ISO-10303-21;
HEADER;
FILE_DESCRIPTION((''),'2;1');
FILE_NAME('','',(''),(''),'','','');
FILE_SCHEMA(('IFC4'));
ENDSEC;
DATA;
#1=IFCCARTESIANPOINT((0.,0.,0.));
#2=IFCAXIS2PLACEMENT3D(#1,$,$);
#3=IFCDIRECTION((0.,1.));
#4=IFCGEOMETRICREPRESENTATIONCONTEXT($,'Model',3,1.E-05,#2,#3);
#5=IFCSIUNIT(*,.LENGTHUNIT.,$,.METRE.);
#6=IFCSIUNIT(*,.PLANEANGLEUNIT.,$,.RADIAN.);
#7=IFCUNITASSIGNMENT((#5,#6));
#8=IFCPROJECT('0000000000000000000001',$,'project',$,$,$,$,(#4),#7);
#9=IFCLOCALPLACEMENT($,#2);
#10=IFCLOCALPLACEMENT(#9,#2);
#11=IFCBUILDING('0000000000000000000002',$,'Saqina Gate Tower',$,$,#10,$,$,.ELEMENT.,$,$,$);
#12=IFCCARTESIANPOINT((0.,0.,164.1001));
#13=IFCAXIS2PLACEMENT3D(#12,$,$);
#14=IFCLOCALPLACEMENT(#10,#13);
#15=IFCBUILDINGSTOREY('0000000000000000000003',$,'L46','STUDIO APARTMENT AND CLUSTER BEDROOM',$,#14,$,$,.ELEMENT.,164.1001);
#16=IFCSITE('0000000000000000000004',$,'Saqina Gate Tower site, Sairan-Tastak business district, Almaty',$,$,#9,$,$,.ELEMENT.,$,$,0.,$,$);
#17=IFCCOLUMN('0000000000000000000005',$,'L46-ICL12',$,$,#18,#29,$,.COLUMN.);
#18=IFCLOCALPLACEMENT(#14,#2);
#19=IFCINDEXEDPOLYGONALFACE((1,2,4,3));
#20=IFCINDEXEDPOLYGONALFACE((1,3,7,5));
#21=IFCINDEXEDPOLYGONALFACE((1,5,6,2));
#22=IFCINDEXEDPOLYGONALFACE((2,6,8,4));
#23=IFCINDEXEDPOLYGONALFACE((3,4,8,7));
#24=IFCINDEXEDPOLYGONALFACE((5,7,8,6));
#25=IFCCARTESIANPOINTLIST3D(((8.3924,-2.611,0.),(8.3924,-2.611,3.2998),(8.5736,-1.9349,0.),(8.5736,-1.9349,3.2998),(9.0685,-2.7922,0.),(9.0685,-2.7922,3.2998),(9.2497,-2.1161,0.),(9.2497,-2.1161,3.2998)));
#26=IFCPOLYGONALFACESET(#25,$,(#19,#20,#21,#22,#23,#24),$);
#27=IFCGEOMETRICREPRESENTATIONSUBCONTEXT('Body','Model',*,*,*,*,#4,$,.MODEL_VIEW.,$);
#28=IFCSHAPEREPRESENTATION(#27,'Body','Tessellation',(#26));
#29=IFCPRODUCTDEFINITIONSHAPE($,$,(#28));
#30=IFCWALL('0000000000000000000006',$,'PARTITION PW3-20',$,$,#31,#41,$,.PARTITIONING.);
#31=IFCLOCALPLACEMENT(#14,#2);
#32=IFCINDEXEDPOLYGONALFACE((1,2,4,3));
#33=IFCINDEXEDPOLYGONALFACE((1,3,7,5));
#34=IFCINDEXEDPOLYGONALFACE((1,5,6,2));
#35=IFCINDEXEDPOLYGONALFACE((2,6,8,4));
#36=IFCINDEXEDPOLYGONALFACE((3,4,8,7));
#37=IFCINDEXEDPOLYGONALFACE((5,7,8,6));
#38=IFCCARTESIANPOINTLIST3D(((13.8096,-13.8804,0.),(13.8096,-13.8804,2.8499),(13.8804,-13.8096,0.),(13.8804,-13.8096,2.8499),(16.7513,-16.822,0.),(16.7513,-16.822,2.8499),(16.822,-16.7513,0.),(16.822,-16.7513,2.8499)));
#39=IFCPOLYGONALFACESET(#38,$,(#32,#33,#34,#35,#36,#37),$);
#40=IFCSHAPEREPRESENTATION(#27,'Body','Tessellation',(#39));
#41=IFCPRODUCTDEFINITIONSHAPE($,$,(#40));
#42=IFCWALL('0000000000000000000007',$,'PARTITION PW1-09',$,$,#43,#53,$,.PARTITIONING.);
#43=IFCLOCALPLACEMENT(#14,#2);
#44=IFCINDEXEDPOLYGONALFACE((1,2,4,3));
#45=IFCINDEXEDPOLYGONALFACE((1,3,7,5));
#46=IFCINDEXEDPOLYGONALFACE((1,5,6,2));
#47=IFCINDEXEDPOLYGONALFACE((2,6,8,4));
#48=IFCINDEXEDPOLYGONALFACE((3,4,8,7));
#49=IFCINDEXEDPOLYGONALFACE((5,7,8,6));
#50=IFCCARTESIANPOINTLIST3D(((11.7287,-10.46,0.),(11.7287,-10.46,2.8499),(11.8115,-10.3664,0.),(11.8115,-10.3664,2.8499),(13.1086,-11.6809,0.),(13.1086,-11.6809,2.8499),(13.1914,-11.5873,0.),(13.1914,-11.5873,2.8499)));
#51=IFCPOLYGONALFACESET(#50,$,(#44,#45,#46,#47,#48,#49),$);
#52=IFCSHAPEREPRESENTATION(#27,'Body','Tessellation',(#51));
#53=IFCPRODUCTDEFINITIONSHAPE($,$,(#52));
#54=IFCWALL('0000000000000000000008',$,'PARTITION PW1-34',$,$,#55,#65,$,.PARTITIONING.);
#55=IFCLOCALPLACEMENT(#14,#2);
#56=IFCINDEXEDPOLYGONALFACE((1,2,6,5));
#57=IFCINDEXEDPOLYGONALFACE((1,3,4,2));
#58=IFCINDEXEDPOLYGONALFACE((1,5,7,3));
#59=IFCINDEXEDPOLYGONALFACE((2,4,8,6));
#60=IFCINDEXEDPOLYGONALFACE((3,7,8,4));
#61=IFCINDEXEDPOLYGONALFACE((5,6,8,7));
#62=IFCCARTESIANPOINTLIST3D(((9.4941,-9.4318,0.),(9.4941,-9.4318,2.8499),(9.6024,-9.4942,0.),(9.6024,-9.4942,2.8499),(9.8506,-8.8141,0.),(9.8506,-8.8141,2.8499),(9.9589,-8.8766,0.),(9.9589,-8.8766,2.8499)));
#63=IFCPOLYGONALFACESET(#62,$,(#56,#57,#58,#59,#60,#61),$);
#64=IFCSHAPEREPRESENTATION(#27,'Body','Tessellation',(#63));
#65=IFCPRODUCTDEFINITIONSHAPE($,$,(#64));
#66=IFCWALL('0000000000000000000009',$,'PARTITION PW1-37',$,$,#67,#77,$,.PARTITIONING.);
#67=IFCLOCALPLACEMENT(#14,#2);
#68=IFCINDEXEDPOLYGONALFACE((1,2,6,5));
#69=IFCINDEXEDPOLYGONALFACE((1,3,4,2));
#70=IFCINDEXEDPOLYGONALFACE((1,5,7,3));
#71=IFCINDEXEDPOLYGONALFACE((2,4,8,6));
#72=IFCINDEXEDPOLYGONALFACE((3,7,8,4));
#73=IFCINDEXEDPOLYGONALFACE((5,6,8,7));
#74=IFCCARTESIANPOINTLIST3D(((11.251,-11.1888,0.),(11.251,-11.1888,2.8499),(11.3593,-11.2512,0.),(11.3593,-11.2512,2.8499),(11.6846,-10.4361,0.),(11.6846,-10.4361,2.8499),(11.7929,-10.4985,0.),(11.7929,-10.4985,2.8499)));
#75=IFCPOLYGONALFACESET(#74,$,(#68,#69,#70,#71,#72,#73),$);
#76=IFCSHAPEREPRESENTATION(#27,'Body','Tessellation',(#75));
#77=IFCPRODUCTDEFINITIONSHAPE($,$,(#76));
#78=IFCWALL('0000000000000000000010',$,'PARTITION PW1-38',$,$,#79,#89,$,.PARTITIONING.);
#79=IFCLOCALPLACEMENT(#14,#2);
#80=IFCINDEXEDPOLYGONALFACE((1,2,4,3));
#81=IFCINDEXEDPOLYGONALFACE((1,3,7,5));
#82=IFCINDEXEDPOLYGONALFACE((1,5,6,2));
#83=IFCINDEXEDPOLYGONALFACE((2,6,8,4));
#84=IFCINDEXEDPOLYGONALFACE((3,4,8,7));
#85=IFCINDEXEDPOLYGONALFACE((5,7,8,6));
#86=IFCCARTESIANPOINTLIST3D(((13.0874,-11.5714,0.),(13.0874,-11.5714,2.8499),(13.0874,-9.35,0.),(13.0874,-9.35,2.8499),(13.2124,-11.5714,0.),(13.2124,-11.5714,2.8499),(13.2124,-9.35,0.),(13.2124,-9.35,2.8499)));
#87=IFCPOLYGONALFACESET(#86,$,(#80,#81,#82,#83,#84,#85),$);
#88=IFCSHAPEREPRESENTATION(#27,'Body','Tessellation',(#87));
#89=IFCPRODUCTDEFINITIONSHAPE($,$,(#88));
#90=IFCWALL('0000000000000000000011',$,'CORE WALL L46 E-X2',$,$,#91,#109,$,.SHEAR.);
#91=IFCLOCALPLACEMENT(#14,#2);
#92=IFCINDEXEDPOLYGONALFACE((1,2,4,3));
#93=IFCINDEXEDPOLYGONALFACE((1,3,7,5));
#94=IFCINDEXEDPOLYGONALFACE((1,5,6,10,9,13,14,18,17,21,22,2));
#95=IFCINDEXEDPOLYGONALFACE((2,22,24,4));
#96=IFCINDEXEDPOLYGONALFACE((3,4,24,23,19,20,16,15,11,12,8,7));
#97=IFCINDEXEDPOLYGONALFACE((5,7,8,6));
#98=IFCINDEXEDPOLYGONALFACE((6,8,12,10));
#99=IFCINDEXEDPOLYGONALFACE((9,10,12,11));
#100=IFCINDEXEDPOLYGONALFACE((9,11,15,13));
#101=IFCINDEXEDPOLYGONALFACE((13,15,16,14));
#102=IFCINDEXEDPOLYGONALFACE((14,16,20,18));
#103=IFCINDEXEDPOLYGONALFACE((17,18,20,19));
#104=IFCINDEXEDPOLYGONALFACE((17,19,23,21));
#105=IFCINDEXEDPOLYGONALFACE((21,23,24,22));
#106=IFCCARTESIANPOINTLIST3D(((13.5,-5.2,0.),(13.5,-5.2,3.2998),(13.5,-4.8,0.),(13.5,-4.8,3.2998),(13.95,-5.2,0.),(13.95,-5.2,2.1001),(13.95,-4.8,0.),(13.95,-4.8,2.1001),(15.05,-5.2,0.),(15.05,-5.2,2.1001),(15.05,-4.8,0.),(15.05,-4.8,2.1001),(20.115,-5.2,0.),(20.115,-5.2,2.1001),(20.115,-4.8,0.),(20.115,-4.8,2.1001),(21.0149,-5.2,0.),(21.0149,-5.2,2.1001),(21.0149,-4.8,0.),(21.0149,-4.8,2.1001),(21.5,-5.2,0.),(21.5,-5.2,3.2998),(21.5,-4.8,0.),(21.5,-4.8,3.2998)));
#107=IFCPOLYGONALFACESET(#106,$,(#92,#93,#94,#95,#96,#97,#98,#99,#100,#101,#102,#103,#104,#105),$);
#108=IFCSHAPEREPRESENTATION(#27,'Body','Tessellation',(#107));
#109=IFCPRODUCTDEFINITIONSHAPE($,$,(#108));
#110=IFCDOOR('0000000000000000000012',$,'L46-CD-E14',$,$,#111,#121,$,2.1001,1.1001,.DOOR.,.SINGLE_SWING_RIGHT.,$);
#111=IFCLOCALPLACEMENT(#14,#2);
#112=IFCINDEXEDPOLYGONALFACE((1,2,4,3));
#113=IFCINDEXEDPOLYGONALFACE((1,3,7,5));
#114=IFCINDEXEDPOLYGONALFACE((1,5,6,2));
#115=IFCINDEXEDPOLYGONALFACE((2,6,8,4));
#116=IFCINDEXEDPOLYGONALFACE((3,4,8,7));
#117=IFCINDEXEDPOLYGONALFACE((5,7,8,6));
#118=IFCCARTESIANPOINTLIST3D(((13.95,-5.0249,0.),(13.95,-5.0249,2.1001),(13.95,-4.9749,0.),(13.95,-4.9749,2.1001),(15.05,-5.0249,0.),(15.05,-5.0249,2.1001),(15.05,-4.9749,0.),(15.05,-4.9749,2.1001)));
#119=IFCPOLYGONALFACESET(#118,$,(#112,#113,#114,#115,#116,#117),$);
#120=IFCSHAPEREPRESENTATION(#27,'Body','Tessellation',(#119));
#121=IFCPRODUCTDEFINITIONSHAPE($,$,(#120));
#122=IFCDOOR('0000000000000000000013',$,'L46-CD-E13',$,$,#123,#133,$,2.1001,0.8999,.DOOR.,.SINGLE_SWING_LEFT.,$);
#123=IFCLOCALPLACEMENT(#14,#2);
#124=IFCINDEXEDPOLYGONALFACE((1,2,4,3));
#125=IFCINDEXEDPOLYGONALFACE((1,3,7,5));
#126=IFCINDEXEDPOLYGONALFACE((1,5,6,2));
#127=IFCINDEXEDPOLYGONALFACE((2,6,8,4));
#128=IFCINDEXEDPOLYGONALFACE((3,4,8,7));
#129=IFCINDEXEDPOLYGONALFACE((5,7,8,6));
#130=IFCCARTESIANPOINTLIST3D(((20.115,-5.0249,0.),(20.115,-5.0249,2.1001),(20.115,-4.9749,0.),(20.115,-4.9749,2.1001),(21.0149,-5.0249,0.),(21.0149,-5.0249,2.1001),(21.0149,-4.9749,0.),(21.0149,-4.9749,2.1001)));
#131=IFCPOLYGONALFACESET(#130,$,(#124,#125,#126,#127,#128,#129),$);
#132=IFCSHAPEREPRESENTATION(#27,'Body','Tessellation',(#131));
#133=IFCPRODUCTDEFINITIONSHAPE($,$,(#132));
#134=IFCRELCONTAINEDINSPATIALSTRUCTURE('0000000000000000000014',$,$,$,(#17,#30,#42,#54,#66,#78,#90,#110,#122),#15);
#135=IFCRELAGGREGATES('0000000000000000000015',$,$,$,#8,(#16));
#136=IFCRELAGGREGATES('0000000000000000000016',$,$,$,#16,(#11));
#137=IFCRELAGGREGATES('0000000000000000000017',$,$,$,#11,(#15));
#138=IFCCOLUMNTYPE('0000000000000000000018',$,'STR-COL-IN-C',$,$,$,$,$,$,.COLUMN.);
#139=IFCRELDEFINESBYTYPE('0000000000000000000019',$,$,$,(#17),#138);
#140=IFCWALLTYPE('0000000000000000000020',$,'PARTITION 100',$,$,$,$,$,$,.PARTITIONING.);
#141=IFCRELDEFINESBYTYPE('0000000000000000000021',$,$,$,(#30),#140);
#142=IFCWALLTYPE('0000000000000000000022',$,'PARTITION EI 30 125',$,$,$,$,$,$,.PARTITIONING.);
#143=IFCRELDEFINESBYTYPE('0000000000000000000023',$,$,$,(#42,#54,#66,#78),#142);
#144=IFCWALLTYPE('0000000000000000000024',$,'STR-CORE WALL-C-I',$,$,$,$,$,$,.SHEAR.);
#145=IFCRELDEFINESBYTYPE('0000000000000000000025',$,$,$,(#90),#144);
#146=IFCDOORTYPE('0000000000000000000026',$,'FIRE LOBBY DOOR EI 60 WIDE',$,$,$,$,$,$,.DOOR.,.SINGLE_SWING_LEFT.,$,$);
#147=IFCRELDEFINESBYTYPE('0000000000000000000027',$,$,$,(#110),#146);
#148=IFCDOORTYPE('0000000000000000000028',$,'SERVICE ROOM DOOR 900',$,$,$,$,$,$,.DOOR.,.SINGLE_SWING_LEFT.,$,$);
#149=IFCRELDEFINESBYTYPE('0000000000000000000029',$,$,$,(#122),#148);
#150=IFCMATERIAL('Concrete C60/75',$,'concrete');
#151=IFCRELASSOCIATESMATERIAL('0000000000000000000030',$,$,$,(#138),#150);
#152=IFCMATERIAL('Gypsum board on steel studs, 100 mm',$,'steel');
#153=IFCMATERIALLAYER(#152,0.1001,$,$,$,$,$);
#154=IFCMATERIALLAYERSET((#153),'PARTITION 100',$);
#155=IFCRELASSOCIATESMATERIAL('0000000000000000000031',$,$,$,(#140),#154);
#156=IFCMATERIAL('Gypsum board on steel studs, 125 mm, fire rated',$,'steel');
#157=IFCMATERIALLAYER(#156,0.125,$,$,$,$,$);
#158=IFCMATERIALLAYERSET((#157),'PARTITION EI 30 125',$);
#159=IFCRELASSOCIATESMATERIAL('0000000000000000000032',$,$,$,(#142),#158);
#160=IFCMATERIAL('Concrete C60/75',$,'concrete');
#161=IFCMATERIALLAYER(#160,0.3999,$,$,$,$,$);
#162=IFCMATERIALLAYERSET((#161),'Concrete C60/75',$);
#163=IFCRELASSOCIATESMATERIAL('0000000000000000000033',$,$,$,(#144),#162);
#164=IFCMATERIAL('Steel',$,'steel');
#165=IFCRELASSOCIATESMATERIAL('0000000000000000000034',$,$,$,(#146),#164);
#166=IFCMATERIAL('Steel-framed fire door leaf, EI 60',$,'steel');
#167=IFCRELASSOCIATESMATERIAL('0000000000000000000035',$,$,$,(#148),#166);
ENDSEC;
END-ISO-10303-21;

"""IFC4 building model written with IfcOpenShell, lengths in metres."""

from ifc_helpers import new_model, si_unit, direction, frame, frame_2d, origin, origin_2d, place, context, subcontext, project, spatial, rectangle, extrude, material, layer, layer_set, material_profile, profile_set, type_object, element, fill, save


model = new_model("IFC4")

# Units and contexts
model_context = context("Model", 3, precision=1e-05, world=origin(), true_north=direction((0.0, 1.0)))
body_context = subcontext(model_context, "Body", "Model", "MODEL_VIEW")
ifc_project = project(units=[si_unit("LENGTHUNIT", "METRE"), si_unit("PLANEANGLEUNIT", "RADIAN")], contexts=[model_context])

# Site, building, storey
site_placement = place(None, origin())
site = spatial("IfcSite", under=ifc_project, at=site_placement, Name="Saqina Gate Tower site, Sairan-Tastak business district, Almaty", CompositionType="ELEMENT", RefElevation=0.0)
building_placement = place(site_placement, origin())
building = spatial("IfcBuilding", under=site, at=building_placement, Name="Saqina Gate Tower", CompositionType="ELEMENT")
storey_placement = place(building_placement, frame((0.0, 0.0, 164.1001)))
storey = spatial("IfcBuildingStorey", under=building, at=storey_placement, Name="L46", Description="STUDIO APARTMENT AND CLUSTER BEDROOM", CompositionType="ELEMENT", Elevation=164.1001)

# Column
ifc_material_1 = material(Name="Concrete C60/75", Category="concrete")
ifc_material_profile = material_profile(ifc_material_1, rectangle(XDim=0.7, YDim=0.7, at=origin_2d()), Name="RC 700x700")
ifc_profile_set = profile_set([ifc_material_profile], Name="Concrete C60/75")
column_type = type_object("IfcColumnType", Name="STR-COL-IN-C", PredefinedType="COLUMN", material=ifc_profile_set)
column_placement = place(storey_placement, frame((8.821, -2.3635, 0.0), z_axis=(0.0, 0.0, 1.0), x_axis=(0.965926, -0.258819, 0.0)))
element("IfcColumn", 1, at=column_placement, inside=storey, type_object=column_type, Name="L46-ICL12", PredefinedType="COLUMN", context=body_context, shape_type="SweptSolid", body=[
    extrude(rectangle(XDim=0.7, YDim=0.7, at=origin_2d()), origin(), (0.0, 0.0, 1.0), 3.2998),
])

# Walls
ifc_material_2 = material(Name="Gypsum board on steel studs, 100 mm", Category="steel")
ifc_layer_1 = layer(ifc_material_2, 0.1001)
ifc_layer_set_1 = layer_set([ifc_layer_1], Name="PARTITION 100")
wall_type_1 = type_object("IfcWallType", Name="PARTITION 100", PredefinedType="PARTITIONING", material=ifc_layer_set_1)
wall_1_placement = place(storey_placement, frame((13.845, -13.845, 0.0), z_axis=(0.0, 0.0, 1.0), x_axis=(0.707107, -0.707107, 0.0)))
element("IfcWall", 2, at=wall_1_placement, inside=storey, type_object=wall_type_1, Name="PARTITION PW3-20", PredefinedType="PARTITIONING", context=body_context, shape_type="SweptSolid", body=[
    extrude(rectangle(XDim=4.1602, YDim=0.1001, at=frame_2d((2.0801, 0.0))), origin(), (0.0, 0.0, 1.0), 2.8499),
])
ifc_material_3 = material(Name="Gypsum board on steel studs, 125 mm, fire rated", Category="steel")
ifc_layer_2 = layer(ifc_material_3, 0.125)
ifc_layer_set_2 = layer_set([ifc_layer_2], Name="PARTITION EI 30 125")
wall_type_2 = type_object("IfcWallType", Name="PARTITION EI 30 125", PredefinedType="PARTITIONING", material=ifc_layer_set_2)
wall_2_placement = place(storey_placement, frame((11.77, -10.4131, 0.0), z_axis=(0.0, 0.0, 1.0), x_axis=(0.748921, -0.66266, 0.0)))
element("IfcWall", 3, at=wall_2_placement, inside=storey, type_object=wall_type_2, Name="PARTITION PW1-09", PredefinedType="PARTITIONING", context=body_context, shape_type="SweptSolid", body=[
    extrude(rectangle(XDim=1.8425, YDim=0.125, at=frame_2d((0.9214, 0.0))), origin(), (0.0, 0.0, 1.0), 2.8499),
])
wall_3_placement = place(storey_placement, frame((9.5483, -9.4629, 0.0), z_axis=(0.0, 0.0, 1.0), x_axis=(0.499821, 0.866129, 0.0)))
element("IfcWall", 4, at=wall_3_placement, inside=storey, type_object=wall_type_2, Name="PARTITION PW1-34", PredefinedType="PARTITIONING", context=body_context, shape_type="SweptSolid", body=[
    extrude(rectangle(XDim=0.7131, YDim=0.125, at=frame_2d((0.3564, 0.0))), origin(), (0.0, 0.0, 1.0), 2.8499),
])
wall_4_placement = place(storey_placement, frame((11.3052, -11.22, 0.0), z_axis=(0.0, 0.0, 1.0), x_axis=(0.499163, 0.866508, 0.0)))
element("IfcWall", 5, at=wall_4_placement, inside=storey, type_object=wall_type_2, Name="PARTITION PW1-37", PredefinedType="PARTITIONING", context=body_context, shape_type="SweptSolid", body=[
    extrude(rectangle(XDim=0.8687, YDim=0.125, at=frame_2d((0.4343, 0.0))), origin(), (0.0, 0.0, 1.0), 2.8499),
])
wall_5_placement = place(storey_placement, frame((13.1499, -11.5715, 0.0), z_axis=(0.0, 0.0, 1.0), x_axis=(0.0, 1.0, 0.0)))
element("IfcWall", 6, at=wall_5_placement, inside=storey, type_object=wall_type_2, Name="PARTITION PW1-38", PredefinedType="PARTITIONING", context=body_context, shape_type="SweptSolid", body=[
    extrude(rectangle(XDim=2.2214, YDim=0.125, at=frame_2d((1.1108, 0.0))), origin(), (0.0, 0.0, 1.0), 2.8499),
])

# Wall, openings, doors
ifc_material_4 = material(Name="Concrete C60/75", Category="concrete")
ifc_layer_3 = layer(ifc_material_4, 0.3999)
ifc_layer_set_3 = layer_set([ifc_layer_3], Name="Concrete C60/75")
wall_type_3 = type_object("IfcWallType", Name="STR-CORE WALL-C-I", PredefinedType="SHEAR", material=ifc_layer_set_3)
wall_6_placement = place(storey_placement, frame((13.5, -5.0, 0.0), z_axis=(0.0, 0.0, 1.0), x_axis=(1.0, 0.0, 0.0)))
wall_6 = element("IfcWall", 7, at=wall_6_placement, inside=storey, type_object=wall_type_3, Name="CORE WALL L46 E-X2", PredefinedType="SHEAR", context=body_context, shape_type="SweptSolid", body=[
    extrude(rectangle(XDim=8.0, YDim=0.3999, at=frame_2d((4.0, 0.0))), origin(), (0.0, 0.0, 1.0), 3.2998),
])
opening_1_placement = place(wall_6_placement, frame((6.615, 0.0, 0.0)))
opening_1 = element("IfcOpeningElement", 8, at=opening_1_placement, cuts=wall_6, PredefinedType="OPENING", context=body_context, shape_type="SweptSolid", body=[
    extrude(rectangle(XDim=0.8999, YDim=2.1001, at=frame_2d((0.45, 1.05))), frame((0.0, 0.2119, 0.0), z_axis=(0.0, -1.0, 0.0), x_axis=(1.0, 0.0, 0.0)), (0.0, 0.0, 1.0), 0.4238),
])
opening_2_placement = place(wall_6_placement, frame((0.45, 0.0, 0.0)))
opening_2 = element("IfcOpeningElement", 9, at=opening_2_placement, cuts=wall_6, PredefinedType="OPENING", context=body_context, shape_type="SweptSolid", body=[
    extrude(rectangle(XDim=1.1001, YDim=2.1001, at=frame_2d((0.55, 1.05))), frame((0.0, 0.2119, 0.0), z_axis=(0.0, -1.0, 0.0), x_axis=(1.0, 0.0, 0.0)), (0.0, 0.0, 1.0), 0.4238),
])
ifc_material_5 = material(Name="Steel", Category="steel")
door_type_1 = type_object("IfcDoorType", Name="FIRE LOBBY DOOR EI 60 WIDE", OperationType="SINGLE_SWING_LEFT", PredefinedType="DOOR", material=ifc_material_5)
door_1_placement = place(opening_2_placement, frame((1.1001, 0.0, 0.0), z_axis=(0.0, 0.0, 1.0), x_axis=(-1.0, 0.0, 0.0)))
door_1 = element("IfcDoor", 10, at=door_1_placement, inside=storey, type_object=door_type_1, Name="L46-CD-E14", OperationType="SINGLE_SWING_RIGHT", OverallHeight=2.1001, OverallWidth=1.1001, PredefinedType="DOOR", context=body_context, shape_type="SweptSolid", body=[
    extrude(rectangle(XDim=1.1001, YDim=2.1001, at=frame_2d((0.55, 1.05))), frame((0.0, 0.0249, 0.0), z_axis=(0.0, -1.0, 0.0), x_axis=(1.0, 0.0, 0.0)), (0.0, 0.0, 1.0), 0.05),
])
fill(opening_2, door_1)
ifc_material_6 = material(Name="Steel-framed fire door leaf, EI 60", Category="steel")
door_type_2 = type_object("IfcDoorType", Name="SERVICE ROOM DOOR 900", OperationType="SINGLE_SWING_LEFT", PredefinedType="DOOR", material=ifc_material_6)
door_2_placement = place(opening_1_placement, frame((0.8999, 0.0, 0.0), z_axis=(0.0, 0.0, 1.0), x_axis=(-1.0, 0.0, 0.0)))
door_2 = element("IfcDoor", 11, at=door_2_placement, inside=storey, type_object=door_type_2, Name="L46-CD-E13", OperationType="SINGLE_SWING_LEFT", OverallHeight=2.1001, OverallWidth=0.8999, PredefinedType="DOOR", context=body_context, shape_type="SweptSolid", body=[
    extrude(rectangle(XDim=0.8999, YDim=2.1001, at=frame_2d((0.45, 1.05))), frame((0.0, 0.0249, 0.0), z_axis=(0.0, -1.0, 0.0), x_axis=(1.0, 0.0, 0.0)), (0.0, 0.0, 1.0), 0.05),
])
fill(opening_1, door_2)

save(model, "model.ifc")
